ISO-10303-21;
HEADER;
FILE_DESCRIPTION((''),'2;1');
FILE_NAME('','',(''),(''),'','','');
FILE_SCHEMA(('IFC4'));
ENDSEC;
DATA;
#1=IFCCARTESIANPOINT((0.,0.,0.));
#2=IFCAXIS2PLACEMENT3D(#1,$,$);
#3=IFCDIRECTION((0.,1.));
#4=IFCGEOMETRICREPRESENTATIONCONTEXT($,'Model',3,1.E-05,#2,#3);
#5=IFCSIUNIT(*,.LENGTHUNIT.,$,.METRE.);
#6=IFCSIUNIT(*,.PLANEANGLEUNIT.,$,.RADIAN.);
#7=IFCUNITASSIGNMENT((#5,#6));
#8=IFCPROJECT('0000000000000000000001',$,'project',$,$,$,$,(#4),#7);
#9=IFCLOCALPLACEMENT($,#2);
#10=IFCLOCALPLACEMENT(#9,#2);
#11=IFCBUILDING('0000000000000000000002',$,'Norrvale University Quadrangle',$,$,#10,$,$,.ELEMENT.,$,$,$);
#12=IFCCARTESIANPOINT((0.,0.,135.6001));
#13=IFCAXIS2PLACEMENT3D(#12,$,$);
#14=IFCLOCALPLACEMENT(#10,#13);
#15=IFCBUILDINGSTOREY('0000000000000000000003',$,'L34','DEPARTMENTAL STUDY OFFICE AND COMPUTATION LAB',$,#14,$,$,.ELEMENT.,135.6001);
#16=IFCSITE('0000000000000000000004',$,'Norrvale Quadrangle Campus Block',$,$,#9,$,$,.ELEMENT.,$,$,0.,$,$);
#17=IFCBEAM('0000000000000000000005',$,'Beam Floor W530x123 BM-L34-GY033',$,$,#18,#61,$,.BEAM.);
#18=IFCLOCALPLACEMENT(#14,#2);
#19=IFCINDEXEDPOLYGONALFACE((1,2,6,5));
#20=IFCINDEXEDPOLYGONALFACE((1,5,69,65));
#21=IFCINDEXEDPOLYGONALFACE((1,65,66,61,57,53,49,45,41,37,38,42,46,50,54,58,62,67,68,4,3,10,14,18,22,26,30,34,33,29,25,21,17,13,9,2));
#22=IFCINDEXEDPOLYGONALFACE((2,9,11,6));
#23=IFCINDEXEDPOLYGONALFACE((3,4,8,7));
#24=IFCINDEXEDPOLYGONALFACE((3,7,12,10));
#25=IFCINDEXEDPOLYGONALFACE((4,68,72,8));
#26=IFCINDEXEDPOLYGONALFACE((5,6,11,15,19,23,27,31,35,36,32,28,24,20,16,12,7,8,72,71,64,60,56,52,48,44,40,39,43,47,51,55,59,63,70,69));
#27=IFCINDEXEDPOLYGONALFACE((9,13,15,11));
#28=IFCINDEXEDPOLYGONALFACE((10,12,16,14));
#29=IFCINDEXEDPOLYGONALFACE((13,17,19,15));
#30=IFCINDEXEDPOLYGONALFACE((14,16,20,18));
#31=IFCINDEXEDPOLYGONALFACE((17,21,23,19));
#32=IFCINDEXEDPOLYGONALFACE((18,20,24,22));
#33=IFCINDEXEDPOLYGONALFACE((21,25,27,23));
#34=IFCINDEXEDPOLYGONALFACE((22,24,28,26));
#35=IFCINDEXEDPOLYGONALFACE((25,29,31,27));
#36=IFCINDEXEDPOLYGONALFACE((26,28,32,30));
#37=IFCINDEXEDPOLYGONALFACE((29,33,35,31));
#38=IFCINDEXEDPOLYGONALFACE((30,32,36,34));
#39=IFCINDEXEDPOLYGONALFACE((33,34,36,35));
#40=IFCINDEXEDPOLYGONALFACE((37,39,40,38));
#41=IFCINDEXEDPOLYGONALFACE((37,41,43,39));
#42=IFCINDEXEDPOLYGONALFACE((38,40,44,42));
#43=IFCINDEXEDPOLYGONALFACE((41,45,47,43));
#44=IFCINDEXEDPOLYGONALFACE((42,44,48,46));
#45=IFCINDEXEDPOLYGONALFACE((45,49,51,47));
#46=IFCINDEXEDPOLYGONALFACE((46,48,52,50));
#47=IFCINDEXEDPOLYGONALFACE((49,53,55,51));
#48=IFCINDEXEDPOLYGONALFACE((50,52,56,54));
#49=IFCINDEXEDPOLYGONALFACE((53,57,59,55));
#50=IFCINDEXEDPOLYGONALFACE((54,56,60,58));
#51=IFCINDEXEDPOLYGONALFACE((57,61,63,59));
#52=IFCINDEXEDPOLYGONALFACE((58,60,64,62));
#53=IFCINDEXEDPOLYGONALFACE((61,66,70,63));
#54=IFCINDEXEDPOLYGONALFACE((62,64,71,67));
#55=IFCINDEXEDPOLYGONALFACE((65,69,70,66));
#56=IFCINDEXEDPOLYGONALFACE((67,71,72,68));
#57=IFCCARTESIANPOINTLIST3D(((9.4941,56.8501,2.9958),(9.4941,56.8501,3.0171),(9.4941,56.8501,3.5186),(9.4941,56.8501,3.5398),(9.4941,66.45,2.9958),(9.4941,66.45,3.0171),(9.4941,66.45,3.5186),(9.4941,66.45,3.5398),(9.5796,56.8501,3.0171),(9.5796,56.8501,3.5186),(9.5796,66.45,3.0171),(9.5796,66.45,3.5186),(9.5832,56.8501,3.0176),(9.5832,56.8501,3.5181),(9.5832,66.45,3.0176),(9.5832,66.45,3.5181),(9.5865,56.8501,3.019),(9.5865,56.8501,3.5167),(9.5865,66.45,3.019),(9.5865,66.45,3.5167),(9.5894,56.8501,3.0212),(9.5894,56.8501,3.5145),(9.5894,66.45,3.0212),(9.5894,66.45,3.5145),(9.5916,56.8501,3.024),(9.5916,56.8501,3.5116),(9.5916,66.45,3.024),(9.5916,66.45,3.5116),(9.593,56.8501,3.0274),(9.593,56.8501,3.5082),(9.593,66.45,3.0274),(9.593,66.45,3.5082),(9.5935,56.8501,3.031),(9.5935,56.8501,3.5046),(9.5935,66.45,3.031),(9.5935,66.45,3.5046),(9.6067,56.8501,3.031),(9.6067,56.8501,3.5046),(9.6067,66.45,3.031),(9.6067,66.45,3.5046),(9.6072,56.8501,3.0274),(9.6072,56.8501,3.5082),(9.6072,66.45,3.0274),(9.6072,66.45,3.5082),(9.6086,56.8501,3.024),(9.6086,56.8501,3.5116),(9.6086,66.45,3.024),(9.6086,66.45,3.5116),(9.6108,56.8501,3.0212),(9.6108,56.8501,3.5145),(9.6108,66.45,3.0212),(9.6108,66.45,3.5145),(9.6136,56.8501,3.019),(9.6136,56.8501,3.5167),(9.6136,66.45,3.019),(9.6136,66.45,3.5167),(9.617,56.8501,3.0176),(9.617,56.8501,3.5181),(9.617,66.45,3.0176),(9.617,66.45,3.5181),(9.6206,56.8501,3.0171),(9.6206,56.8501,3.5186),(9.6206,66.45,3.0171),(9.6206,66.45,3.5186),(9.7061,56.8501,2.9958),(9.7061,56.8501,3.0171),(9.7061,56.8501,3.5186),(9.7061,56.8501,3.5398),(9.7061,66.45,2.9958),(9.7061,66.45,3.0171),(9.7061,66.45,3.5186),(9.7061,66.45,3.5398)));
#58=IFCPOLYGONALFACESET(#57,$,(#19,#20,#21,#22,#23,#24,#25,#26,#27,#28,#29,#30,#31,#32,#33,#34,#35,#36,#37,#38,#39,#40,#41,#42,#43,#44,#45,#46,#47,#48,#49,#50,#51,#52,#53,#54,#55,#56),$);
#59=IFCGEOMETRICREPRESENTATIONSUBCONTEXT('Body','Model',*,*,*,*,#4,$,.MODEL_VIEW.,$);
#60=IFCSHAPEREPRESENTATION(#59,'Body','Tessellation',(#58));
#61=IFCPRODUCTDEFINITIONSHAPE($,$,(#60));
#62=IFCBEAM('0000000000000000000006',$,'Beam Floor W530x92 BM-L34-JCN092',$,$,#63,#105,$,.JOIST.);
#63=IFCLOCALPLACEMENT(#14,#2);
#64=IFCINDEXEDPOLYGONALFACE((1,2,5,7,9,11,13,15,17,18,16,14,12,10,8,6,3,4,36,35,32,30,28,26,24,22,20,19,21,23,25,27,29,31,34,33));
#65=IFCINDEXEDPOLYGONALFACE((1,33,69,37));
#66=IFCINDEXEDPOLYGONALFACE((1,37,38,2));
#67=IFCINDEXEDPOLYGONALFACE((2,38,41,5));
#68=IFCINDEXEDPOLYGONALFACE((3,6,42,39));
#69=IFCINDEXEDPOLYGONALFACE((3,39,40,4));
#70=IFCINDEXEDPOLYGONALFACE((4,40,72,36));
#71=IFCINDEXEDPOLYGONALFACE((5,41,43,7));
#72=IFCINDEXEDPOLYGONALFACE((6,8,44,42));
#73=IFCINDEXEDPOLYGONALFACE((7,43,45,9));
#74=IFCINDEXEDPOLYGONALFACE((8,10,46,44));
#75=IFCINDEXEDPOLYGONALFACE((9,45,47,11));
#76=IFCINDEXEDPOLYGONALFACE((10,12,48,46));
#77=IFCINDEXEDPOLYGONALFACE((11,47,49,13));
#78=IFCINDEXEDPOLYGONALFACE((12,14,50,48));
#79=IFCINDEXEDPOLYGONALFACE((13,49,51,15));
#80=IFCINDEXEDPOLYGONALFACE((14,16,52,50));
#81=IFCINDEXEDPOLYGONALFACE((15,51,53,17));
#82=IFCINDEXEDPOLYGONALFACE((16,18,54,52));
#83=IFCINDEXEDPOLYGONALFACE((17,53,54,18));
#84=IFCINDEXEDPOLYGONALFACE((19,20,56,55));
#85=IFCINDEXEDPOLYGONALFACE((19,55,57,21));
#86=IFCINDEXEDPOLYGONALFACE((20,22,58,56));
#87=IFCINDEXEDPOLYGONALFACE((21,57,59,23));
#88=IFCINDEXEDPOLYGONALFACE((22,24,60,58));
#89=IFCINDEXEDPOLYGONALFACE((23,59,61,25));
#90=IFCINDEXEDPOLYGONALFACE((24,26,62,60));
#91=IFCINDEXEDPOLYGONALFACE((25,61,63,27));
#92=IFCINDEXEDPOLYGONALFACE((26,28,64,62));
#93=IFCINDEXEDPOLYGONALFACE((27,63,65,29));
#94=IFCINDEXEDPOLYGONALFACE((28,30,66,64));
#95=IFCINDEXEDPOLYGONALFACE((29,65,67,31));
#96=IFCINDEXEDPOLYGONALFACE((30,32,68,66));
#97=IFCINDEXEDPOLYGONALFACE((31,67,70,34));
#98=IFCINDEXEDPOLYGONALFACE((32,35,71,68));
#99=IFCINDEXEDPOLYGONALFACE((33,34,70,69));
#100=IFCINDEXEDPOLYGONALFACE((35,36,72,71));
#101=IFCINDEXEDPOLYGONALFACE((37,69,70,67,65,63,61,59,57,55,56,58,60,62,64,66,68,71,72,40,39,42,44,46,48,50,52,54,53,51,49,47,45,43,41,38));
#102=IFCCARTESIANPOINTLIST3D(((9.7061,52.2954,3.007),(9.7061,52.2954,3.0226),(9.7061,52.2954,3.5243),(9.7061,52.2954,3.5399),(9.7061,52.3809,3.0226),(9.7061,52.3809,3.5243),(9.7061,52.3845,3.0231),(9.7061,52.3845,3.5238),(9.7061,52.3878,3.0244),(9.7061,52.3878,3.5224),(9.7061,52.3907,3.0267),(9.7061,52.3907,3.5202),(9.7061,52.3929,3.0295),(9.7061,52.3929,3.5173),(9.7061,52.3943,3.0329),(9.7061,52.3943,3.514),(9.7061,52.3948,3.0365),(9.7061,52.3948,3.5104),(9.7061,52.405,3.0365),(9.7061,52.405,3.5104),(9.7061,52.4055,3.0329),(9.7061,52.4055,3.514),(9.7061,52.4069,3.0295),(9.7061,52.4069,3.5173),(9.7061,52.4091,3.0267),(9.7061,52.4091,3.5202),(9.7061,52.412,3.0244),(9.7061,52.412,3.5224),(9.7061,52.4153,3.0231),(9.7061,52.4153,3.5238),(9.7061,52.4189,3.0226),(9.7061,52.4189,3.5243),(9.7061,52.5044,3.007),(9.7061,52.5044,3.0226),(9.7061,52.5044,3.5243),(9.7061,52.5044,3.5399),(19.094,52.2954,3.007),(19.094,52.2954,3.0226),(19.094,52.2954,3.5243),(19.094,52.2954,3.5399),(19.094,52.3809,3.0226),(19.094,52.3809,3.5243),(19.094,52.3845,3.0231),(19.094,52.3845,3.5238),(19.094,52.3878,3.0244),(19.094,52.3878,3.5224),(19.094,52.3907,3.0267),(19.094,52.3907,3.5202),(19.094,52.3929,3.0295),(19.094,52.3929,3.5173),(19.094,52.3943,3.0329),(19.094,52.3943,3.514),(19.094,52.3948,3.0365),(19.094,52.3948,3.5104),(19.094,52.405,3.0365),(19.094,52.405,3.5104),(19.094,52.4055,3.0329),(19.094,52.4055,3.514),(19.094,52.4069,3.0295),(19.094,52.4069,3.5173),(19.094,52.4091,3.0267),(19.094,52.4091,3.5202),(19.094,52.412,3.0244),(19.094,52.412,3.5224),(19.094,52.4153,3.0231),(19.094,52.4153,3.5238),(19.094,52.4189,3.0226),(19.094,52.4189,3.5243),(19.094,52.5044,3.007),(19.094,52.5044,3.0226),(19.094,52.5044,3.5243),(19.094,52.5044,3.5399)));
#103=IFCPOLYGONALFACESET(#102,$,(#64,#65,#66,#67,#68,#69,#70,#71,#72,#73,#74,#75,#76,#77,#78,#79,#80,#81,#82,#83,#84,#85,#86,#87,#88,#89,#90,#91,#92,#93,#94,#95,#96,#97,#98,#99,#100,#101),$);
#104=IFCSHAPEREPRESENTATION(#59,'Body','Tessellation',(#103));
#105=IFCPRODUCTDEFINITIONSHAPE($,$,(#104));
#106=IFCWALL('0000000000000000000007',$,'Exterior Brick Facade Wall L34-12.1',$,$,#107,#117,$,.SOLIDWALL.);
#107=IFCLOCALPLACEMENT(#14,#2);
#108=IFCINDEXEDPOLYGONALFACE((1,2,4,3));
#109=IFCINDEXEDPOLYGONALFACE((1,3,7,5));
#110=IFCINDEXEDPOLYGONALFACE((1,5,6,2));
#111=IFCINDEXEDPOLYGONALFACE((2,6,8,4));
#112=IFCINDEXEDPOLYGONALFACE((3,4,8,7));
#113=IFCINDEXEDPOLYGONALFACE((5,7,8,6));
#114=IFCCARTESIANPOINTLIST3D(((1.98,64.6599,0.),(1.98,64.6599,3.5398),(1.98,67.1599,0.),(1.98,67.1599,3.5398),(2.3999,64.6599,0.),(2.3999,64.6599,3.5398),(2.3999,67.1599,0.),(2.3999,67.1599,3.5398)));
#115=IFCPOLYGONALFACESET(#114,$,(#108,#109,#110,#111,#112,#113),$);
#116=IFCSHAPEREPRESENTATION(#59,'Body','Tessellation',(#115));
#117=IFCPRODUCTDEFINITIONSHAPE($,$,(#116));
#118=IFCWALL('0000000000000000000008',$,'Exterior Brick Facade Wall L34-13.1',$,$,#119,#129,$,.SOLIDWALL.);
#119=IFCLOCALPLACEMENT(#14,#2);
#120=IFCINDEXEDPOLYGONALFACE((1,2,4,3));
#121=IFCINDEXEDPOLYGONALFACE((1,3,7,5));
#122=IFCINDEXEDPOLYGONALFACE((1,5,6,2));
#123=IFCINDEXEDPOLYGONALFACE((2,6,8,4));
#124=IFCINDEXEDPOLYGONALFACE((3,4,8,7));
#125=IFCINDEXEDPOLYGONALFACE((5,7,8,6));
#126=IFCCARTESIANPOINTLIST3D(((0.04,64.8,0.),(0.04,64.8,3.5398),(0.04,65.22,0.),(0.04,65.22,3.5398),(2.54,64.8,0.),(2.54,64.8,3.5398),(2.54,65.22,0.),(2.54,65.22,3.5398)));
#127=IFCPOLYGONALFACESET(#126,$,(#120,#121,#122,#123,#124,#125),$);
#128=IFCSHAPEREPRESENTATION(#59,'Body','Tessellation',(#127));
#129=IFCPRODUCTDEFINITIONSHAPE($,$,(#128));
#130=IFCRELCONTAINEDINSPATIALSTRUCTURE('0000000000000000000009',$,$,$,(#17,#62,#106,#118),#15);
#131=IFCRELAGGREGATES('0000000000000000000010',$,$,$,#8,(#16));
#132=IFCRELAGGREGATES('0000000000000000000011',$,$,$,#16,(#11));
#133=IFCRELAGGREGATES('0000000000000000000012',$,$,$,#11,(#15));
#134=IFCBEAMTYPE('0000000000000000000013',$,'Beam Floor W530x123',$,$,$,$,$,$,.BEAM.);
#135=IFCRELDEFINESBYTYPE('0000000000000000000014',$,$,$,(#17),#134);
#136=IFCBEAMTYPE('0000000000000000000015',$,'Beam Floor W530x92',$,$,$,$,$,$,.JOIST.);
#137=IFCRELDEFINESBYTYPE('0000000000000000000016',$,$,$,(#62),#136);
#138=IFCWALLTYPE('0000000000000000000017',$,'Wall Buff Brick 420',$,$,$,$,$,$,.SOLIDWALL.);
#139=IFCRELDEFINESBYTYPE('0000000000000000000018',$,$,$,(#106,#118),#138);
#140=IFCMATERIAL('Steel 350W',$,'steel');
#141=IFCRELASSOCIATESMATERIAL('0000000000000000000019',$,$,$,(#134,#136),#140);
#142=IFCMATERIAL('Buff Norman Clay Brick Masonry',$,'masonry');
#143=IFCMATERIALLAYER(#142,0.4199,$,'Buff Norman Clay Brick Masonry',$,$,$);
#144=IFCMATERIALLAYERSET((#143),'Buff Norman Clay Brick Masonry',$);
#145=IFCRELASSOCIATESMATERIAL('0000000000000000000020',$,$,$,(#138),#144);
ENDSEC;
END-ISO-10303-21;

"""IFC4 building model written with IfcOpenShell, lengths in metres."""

from ifc_helpers import new_model, si_unit, direction, frame, frame_2d, origin, origin_2d, place, context, subcontext, project, spatial, rectangle, i_section, extrude, material, layer, layer_set, material_profile, profile_set, type_object, element, save


model = new_model("IFC4")

# Units and contexts
model_context = context("Model", 3, precision=1e-05, world=origin(), true_north=direction((0.0, 1.0)))
body_context = subcontext(model_context, "Body", "Model", "MODEL_VIEW")
ifc_project = project(units=[si_unit("LENGTHUNIT", "METRE"), si_unit("PLANEANGLEUNIT", "RADIAN")], contexts=[model_context])

# Site, building, storey
site_placement = place(None, origin())
site = spatial("IfcSite", under=ifc_project, at=site_placement, Name="Norrvale Quadrangle Campus Block", CompositionType="ELEMENT", RefElevation=0.0)
building_placement = place(site_placement, origin())
building = spatial("IfcBuilding", under=site, at=building_placement, Name="Norrvale University Quadrangle", CompositionType="ELEMENT")
storey_placement = place(building_placement, frame((0.0, 0.0, 135.6001)))
storey = spatial("IfcBuildingStorey", under=building, at=storey_placement, Name="L34", Description="DEPARTMENTAL STUDY OFFICE AND COMPUTATION LAB", CompositionType="ELEMENT", Elevation=135.6001)

# Beams
ifc_material_1 = material(Name="Steel 350W", Category="steel")
ifc_material_profile_1 = material_profile(ifc_material_1, i_section(OverallWidth=0.2119, OverallDepth=0.5439, WebThickness=0.0132, FlangeThickness=0.0212, FilletRadius=0.0139, at=origin_2d()), Name="Steel 350W")
ifc_profile_set_1 = profile_set([ifc_material_profile_1], Name="Steel 350W")
beam_type_1 = type_object("IfcBeamType", Name="Beam Floor W530x123", PredefinedType="BEAM", material=ifc_profile_set_1)
for number, where, z_axis, x_axis, name in (
    (1, (9.6001, 56.8501, 3.2678), (0.0, 1.0, 0.0), (-1.0, 0.0, 0.0), "Beam Floor W530x123 BM-L34-GY033"),
):
    element("IfcBeam", number, at=place(storey_placement, frame(where, z_axis=z_axis, x_axis=x_axis)), inside=storey, type_object=beam_type_1, Name=name, PredefinedType="BEAM", context=body_context, shape_type="SweptSolid", body=[
        extrude(i_section(OverallWidth=0.2119, OverallDepth=0.5439, WebThickness=0.0132, FlangeThickness=0.0212, FilletRadius=0.0139, at=origin_2d()), origin(), (0.0, 0.0, 1.0), 9.5999),
    ])
ifc_material_profile_2 = material_profile(ifc_material_1, i_section(OverallWidth=0.209, OverallDepth=0.533, WebThickness=0.0103, FlangeThickness=0.0156, FilletRadius=0.0139, at=origin_2d()), Name="Steel 350W")
ifc_profile_set_2 = profile_set([ifc_material_profile_2], Name="Steel 350W")
beam_type_2 = type_object("IfcBeamType", Name="Beam Floor W530x92", PredefinedType="JOIST", material=ifc_profile_set_2)
beam_1_placement = place(storey_placement, frame((9.7061, 52.3999, 3.2734), z_axis=(1.0, 0.0, 0.0), x_axis=(0.0, 1.0, 0.0)))
element("IfcBeam", 2, at=beam_1_placement, inside=storey, type_object=beam_type_2, Name="Beam Floor W530x92 BM-L34-JCN092", PredefinedType="JOIST", context=body_context, shape_type="SweptSolid", body=[
    extrude(i_section(OverallWidth=0.209, OverallDepth=0.533, WebThickness=0.0103, FlangeThickness=0.0156, FilletRadius=0.0139, at=origin_2d()), origin(), (0.0, 0.0, 1.0), 9.3879),
])

# Walls
ifc_material_2 = material(Name="Buff Norman Clay Brick Masonry", Category="masonry")
ifc_layer = layer(ifc_material_2, 0.4199, Name="Buff Norman Clay Brick Masonry")
ifc_layer_set = layer_set([ifc_layer], Name="Buff Norman Clay Brick Masonry")
wall_type = type_object("IfcWallType", Name="Wall Buff Brick 420", PredefinedType="SOLIDWALL", material=ifc_layer_set)
for number, where, z_axis, x_axis, name in (
    (3, (2.1899, 67.1599, 0.0), (0.0, 0.0, 1.0), (0.0, -1.0, 0.0), "Exterior Brick Facade Wall L34-12.1"),
    (4, (2.54, 65.01, 0.0), (0.0, 0.0, 1.0), (-1.0, 0.0, 0.0), "Exterior Brick Facade Wall L34-13.1"),
):
    element("IfcWall", number, at=place(storey_placement, frame(where, z_axis=z_axis, x_axis=x_axis)), inside=storey, type_object=wall_type, Name=name, PredefinedType="SOLIDWALL", context=body_context, shape_type="SweptSolid", body=[
        extrude(rectangle(XDim=2.5, YDim=0.4199, at=frame_2d((1.25, 0.0))), origin(), (0.0, 0.0, 1.0), 3.5398),
    ])

save(model, "model.ifc")
